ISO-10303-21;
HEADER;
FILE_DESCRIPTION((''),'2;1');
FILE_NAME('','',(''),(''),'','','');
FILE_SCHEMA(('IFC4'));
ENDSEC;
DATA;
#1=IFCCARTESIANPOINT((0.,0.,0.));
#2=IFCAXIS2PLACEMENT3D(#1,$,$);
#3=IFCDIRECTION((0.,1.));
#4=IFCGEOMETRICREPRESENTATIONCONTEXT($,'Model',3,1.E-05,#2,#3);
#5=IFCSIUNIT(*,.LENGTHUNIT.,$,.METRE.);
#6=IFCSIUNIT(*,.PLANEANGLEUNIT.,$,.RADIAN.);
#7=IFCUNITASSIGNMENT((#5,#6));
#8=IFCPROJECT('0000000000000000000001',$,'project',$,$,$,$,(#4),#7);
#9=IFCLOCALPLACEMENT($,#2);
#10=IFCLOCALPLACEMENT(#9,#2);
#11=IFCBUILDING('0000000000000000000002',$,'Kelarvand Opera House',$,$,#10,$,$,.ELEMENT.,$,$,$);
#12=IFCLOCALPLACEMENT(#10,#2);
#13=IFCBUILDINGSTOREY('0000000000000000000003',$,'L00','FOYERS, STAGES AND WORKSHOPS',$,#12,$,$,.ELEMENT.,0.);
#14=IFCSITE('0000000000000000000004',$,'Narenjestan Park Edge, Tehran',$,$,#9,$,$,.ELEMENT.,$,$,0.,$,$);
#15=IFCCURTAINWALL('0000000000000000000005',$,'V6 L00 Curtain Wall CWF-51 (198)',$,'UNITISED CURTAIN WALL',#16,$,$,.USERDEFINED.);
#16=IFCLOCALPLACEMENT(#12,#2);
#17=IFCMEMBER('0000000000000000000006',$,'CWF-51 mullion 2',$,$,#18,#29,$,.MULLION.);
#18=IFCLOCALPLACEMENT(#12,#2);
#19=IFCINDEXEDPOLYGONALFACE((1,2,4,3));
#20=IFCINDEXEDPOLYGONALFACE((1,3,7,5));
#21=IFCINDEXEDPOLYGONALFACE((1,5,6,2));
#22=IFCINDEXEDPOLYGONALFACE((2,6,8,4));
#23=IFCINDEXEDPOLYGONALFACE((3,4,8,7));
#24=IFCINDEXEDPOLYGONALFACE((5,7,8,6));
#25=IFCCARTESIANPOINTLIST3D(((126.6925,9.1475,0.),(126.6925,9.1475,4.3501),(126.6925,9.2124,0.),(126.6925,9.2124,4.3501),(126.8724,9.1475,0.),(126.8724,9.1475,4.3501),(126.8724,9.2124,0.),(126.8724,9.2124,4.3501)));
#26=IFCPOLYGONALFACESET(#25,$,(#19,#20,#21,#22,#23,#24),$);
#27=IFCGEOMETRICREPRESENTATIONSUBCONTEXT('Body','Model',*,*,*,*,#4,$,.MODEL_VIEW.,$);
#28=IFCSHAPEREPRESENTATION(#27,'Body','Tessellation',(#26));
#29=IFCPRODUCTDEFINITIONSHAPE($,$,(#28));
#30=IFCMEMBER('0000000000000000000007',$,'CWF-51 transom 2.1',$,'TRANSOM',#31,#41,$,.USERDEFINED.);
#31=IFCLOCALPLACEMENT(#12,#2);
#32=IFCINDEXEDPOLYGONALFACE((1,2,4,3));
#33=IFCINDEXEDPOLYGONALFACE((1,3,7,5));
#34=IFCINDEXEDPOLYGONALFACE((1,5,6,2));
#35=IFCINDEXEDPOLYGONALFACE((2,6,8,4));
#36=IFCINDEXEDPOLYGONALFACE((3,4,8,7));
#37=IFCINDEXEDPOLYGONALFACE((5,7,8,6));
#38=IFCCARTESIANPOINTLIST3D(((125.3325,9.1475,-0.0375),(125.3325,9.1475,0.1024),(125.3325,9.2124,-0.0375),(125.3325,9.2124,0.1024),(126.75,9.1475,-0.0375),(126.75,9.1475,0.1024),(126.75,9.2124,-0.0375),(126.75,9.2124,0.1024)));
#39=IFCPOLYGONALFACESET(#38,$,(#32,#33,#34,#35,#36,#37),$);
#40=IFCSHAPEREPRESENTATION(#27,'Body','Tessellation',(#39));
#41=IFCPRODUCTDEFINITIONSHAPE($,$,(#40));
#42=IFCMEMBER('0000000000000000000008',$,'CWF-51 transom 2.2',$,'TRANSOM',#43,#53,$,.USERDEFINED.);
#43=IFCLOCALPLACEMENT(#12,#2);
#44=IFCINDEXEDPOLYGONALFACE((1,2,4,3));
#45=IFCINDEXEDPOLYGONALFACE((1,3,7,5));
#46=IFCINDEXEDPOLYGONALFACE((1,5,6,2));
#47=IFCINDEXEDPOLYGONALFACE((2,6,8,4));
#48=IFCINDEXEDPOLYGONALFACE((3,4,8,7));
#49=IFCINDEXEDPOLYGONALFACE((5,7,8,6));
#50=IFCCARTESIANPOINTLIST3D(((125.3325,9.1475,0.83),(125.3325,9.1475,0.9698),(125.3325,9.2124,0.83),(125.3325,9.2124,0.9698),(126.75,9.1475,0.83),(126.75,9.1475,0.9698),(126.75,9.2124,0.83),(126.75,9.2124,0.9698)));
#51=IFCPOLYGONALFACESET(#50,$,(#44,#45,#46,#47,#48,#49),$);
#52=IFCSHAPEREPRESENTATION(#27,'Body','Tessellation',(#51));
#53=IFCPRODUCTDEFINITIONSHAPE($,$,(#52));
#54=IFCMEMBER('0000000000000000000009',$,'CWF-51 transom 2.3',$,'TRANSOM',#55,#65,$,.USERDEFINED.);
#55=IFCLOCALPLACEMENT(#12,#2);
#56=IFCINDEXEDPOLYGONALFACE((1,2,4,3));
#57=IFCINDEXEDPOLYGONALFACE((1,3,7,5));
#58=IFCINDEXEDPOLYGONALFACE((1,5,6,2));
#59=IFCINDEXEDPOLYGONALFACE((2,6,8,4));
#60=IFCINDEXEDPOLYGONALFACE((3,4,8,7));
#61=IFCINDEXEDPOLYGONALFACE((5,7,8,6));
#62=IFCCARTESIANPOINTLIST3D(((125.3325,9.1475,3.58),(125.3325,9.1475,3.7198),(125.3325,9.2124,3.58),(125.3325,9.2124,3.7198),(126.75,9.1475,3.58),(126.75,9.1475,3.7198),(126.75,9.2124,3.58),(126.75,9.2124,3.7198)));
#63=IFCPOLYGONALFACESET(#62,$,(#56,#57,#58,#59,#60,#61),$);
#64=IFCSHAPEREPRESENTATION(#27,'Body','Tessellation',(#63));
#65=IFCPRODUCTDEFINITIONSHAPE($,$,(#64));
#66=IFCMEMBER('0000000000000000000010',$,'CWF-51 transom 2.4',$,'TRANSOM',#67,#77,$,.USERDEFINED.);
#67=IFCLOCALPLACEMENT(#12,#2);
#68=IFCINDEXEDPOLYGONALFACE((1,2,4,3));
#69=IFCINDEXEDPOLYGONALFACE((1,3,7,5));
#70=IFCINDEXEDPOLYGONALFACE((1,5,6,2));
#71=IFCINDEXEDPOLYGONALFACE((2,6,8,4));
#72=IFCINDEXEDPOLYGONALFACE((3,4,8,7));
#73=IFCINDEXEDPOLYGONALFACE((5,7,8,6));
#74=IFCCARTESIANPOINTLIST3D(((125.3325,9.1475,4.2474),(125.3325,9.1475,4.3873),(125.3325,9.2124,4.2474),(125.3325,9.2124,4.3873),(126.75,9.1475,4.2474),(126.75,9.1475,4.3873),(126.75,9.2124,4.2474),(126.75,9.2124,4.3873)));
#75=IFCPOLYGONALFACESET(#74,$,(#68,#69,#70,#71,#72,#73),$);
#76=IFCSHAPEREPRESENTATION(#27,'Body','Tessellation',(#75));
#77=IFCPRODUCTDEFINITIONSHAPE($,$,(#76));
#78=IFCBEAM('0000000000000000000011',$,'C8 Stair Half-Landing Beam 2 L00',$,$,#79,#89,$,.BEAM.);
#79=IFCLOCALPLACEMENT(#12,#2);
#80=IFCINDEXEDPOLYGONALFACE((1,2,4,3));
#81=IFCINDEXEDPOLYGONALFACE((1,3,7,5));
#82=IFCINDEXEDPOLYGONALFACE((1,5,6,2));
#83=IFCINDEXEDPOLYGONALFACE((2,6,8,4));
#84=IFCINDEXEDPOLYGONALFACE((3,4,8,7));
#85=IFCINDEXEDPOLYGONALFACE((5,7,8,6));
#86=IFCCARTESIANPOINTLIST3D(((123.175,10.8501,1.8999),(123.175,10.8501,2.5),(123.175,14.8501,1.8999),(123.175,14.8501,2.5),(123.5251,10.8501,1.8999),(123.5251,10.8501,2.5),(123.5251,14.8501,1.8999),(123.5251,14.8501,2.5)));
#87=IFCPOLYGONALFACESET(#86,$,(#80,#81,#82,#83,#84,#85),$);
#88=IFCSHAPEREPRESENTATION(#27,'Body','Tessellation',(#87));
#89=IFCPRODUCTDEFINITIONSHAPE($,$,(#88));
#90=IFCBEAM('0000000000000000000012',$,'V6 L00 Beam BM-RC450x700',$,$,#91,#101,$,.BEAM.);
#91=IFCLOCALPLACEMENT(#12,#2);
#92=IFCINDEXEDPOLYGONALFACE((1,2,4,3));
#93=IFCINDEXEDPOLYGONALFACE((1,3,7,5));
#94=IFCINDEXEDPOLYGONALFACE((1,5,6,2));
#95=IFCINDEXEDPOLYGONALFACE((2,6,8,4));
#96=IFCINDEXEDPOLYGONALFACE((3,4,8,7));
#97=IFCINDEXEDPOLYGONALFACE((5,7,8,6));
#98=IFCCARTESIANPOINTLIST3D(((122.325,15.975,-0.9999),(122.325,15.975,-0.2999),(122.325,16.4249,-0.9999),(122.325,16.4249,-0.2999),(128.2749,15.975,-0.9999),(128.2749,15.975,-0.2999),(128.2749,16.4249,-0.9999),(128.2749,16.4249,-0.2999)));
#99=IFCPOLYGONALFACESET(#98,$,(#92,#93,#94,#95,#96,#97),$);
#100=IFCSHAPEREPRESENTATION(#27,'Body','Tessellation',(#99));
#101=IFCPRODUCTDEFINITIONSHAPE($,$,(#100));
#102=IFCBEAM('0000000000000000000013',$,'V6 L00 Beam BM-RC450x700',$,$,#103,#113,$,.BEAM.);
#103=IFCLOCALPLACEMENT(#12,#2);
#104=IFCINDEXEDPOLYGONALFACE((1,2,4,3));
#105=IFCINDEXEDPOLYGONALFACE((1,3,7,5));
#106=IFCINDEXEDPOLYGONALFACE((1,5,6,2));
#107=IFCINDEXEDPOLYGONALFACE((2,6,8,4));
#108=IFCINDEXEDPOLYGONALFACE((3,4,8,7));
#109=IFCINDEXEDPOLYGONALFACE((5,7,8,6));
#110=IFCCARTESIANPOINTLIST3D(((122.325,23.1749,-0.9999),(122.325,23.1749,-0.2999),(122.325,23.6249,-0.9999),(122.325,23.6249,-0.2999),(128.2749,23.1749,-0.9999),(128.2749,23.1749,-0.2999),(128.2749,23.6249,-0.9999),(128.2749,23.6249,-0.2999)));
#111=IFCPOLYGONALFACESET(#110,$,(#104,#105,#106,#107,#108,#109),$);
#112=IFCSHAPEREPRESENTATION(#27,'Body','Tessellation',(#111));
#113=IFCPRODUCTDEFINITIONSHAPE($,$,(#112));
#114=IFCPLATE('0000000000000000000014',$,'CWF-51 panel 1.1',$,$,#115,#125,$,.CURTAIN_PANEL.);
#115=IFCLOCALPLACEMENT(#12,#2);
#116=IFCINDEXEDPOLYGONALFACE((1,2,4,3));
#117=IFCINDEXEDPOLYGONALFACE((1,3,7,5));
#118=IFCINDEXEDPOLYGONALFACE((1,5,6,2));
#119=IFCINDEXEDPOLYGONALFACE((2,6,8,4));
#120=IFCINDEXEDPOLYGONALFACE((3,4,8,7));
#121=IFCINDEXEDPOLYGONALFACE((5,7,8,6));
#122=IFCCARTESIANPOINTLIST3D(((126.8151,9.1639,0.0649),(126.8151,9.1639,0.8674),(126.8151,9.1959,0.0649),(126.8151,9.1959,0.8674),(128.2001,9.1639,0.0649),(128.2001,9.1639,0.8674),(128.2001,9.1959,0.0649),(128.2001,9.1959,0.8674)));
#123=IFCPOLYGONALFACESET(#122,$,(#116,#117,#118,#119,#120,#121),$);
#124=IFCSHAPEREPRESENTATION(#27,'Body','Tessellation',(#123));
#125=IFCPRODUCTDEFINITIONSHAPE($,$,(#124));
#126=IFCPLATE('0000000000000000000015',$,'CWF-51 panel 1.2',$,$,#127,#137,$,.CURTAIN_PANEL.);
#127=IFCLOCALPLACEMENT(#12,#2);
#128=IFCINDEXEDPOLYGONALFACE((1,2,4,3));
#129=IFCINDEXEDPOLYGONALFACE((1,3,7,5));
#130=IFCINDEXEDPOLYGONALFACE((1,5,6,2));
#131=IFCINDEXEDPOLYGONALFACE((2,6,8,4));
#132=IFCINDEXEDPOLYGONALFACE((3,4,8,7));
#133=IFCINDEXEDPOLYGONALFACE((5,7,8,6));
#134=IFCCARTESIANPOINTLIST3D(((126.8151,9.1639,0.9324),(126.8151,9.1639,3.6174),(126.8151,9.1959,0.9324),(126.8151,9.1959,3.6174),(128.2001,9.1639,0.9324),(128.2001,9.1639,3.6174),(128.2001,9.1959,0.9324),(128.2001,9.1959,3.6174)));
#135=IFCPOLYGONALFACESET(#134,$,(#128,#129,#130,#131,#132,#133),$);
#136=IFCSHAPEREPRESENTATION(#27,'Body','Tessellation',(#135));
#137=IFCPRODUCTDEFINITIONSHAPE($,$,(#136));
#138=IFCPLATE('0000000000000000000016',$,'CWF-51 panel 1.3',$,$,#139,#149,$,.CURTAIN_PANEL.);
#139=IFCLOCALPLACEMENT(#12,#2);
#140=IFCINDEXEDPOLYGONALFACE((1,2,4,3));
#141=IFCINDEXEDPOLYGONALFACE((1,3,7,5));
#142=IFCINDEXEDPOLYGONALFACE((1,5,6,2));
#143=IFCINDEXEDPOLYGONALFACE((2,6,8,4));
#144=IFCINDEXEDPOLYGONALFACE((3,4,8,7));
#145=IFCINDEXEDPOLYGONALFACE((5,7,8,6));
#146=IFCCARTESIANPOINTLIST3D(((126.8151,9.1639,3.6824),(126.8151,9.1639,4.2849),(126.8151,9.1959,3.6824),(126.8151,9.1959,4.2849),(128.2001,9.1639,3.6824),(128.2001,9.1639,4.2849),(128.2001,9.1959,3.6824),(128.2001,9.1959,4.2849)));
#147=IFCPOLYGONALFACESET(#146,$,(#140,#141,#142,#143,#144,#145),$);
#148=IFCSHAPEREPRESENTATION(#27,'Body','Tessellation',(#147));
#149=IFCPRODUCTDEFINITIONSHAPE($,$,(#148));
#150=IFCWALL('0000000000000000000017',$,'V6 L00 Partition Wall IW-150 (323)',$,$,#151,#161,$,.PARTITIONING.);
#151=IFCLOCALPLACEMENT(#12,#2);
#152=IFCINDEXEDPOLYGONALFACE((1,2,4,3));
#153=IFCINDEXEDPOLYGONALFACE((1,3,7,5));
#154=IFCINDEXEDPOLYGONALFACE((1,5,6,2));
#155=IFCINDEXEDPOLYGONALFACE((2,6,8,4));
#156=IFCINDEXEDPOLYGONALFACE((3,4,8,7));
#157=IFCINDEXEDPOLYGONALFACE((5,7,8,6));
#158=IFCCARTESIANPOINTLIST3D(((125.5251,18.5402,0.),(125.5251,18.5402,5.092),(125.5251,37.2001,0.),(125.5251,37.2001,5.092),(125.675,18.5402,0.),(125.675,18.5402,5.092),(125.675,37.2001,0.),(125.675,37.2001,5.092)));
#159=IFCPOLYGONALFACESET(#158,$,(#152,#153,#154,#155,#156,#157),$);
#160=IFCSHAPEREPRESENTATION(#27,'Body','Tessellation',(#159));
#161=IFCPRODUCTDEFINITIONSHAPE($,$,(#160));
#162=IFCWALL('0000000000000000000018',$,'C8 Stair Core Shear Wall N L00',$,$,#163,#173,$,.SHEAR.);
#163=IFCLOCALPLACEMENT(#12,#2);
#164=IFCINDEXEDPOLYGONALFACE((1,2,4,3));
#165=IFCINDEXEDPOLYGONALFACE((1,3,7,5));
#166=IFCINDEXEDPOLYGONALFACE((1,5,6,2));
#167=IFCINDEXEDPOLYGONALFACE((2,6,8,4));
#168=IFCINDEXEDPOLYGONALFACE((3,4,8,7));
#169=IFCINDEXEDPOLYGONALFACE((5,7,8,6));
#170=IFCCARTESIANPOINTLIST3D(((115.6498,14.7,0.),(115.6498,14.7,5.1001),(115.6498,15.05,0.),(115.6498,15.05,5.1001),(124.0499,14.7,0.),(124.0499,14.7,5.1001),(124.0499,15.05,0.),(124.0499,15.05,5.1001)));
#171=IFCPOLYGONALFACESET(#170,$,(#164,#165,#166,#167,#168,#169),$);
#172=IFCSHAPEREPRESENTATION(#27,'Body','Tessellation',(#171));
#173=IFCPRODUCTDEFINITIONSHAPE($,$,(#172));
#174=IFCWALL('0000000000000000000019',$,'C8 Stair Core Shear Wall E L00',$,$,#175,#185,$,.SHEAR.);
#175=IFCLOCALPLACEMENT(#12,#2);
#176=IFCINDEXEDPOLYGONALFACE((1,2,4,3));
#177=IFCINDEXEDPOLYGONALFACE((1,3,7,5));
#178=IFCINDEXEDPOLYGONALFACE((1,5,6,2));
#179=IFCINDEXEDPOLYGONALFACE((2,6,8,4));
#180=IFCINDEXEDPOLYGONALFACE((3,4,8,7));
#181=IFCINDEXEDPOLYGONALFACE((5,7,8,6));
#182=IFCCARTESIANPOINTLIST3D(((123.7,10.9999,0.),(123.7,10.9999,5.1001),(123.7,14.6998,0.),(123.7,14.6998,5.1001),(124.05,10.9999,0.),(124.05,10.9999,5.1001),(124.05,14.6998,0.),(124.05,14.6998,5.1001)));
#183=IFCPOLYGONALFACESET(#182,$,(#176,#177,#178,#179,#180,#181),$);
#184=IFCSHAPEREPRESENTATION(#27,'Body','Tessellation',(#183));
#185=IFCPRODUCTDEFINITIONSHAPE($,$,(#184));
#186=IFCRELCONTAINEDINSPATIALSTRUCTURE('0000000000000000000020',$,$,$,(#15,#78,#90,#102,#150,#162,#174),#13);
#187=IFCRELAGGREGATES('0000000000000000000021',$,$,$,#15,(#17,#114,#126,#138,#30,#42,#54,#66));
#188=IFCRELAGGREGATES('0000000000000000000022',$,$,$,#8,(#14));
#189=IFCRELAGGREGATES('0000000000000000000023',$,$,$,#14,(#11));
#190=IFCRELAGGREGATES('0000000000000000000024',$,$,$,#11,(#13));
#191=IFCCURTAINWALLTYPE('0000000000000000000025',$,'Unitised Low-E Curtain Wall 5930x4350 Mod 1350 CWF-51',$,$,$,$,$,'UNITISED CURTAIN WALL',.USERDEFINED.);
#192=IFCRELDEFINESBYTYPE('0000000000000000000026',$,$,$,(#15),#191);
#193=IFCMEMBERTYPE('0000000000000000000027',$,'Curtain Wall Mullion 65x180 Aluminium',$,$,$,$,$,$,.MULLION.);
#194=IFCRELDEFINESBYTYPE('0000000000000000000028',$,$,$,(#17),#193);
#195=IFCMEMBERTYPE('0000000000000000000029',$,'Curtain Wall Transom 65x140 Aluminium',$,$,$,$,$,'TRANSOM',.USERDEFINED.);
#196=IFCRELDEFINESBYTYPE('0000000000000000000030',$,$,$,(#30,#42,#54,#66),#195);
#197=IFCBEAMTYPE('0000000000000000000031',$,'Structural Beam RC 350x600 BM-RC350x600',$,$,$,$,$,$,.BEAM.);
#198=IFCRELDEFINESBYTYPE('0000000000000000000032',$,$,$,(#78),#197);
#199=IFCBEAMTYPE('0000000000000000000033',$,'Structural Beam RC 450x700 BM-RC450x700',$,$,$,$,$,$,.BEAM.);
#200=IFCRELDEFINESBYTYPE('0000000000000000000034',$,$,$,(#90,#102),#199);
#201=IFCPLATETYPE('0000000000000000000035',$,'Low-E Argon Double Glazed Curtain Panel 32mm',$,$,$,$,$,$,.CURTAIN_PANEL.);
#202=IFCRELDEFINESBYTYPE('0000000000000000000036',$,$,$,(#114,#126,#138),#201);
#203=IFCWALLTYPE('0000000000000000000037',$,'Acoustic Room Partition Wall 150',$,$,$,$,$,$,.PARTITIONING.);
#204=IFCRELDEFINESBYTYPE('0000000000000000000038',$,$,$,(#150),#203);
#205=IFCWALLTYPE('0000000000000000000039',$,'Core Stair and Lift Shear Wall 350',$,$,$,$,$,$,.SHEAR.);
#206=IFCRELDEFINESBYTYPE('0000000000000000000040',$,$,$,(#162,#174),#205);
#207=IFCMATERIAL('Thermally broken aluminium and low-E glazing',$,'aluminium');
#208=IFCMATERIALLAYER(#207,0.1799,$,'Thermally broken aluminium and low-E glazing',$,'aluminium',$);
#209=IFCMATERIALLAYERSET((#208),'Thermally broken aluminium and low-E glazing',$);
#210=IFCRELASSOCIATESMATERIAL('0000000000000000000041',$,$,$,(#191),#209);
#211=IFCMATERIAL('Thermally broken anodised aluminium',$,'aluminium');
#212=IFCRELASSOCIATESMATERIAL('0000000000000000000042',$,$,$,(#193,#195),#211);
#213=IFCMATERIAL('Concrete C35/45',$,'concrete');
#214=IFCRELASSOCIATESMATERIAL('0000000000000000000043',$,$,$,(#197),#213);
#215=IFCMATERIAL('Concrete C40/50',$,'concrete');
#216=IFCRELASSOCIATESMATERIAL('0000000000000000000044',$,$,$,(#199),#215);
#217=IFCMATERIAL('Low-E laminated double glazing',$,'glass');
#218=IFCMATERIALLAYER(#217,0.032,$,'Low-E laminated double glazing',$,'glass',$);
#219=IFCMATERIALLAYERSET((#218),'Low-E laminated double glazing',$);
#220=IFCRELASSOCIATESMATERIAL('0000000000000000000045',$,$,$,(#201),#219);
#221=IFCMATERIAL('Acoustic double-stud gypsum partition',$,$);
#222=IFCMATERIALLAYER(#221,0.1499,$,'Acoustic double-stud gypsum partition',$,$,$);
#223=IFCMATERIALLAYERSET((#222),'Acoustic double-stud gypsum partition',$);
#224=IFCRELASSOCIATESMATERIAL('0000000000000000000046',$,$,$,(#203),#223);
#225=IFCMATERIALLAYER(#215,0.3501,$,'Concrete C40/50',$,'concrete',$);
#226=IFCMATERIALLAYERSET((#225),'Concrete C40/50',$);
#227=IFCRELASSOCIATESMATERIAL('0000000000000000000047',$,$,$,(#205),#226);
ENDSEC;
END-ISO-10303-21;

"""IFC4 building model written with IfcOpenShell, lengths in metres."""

from ifc_helpers import new_model, si_unit, direction, frame, frame_2d, origin, origin_2d, place, context, subcontext, project, spatial, rectangle, extrude, material, layer, layer_set, material_profile, profile_set, type_object, element, aggregate, save


model = new_model("IFC4")

# Units and contexts
model_context = context("Model", 3, precision=1e-05, world=origin(), true_north=direction((0.0, 1.0)))
body_context = subcontext(model_context, "Body", "Model", "MODEL_VIEW")
ifc_project = project(units=[si_unit("LENGTHUNIT", "METRE"), si_unit("PLANEANGLEUNIT", "RADIAN")], contexts=[model_context])

# Site, building, storey
site_placement = place(None, origin())
site = spatial("IfcSite", under=ifc_project, at=site_placement, Name="Narenjestan Park Edge, Tehran", CompositionType="ELEMENT", RefElevation=0.0)
building_placement = place(site_placement, origin())
building = spatial("IfcBuilding", under=site, at=building_placement, Name="Kelarvand Opera House", CompositionType="ELEMENT")
storey_placement = place(building_placement, origin())
storey = spatial("IfcBuildingStorey", under=building, at=storey_placement, Name="L00", Description="FOYERS, STAGES AND WORKSHOPS", CompositionType="ELEMENT", Elevation=0.0)

# Curtain wall, members
ifc_material_1 = material(Name="Thermally broken aluminium and low-E glazing", Category="aluminium")
ifc_layer_1 = layer(ifc_material_1, 0.1799, Name="Thermally broken aluminium and low-E glazing", Category="aluminium")
ifc_layer_set_1 = layer_set([ifc_layer_1], Name="Thermally broken aluminium and low-E glazing")
curtain_wall_type = type_object("IfcCurtainWallType", Name="Unitised Low-E Curtain Wall 5930x4350 Mod 1350 CWF-51", ElementType="UNITISED CURTAIN WALL", PredefinedType="USERDEFINED", material=ifc_layer_set_1)
curtain_wall_placement = place(storey_placement, origin())
curtain_wall = element("IfcCurtainWall", 1, at=curtain_wall_placement, inside=storey, type_object=curtain_wall_type, Name="V6 L00 Curtain Wall CWF-51 (198)", ObjectType="UNITISED CURTAIN WALL", PredefinedType="USERDEFINED")
ifc_material_2 = material(Name="Thermally broken anodised aluminium", Category="aluminium")
ifc_material_profile_1 = material_profile(ifc_material_2, rectangle(XDim=0.0649, YDim=0.1799, at=origin_2d()), Name="ALU MULLION 65x180", Category="aluminium")
ifc_profile_set_1 = profile_set([ifc_material_profile_1], Name="Thermally broken anodised aluminium")
member_type_1 = type_object("IfcMemberType", Name="Curtain Wall Mullion 65x180 Aluminium", PredefinedType="MULLION", material=ifc_profile_set_1)
member_1_placement = place(storey_placement, frame((126.7825, 9.1799, 0.0), z_axis=(0.0, 0.0, 1.0), x_axis=(0.0, -1.0, 0.0)))
member_1 = element("IfcMember", 2, at=member_1_placement, type_object=member_type_1, Name="CWF-51 mullion 2", PredefinedType="MULLION", context=body_context, shape_type="SweptSolid", body=[
    extrude(rectangle(XDim=0.0649, YDim=0.1799, at=origin_2d()), origin(), (0.0, 0.0, 1.0), 4.3501),
])
ifc_material_profile_2 = material_profile(ifc_material_2, rectangle(XDim=0.0649, YDim=0.1399, at=origin_2d()), Name="ALU TRANSOM 65x140", Category="aluminium")
ifc_profile_set_2 = profile_set([ifc_material_profile_2], Name="Thermally broken anodised aluminium")
member_type_2 = type_object("IfcMemberType", Name="Curtain Wall Transom 65x140 Aluminium", ElementType="TRANSOM", PredefinedType="USERDEFINED", material=ifc_profile_set_2)
member_2_placement = place(storey_placement, frame((126.75, 9.1799, 0.0325), z_axis=(-1.0, 0.0, 0.0), x_axis=(0.0, -1.0, 0.0)))
member_2 = element("IfcMember", 3, at=member_2_placement, type_object=member_type_2, Name="CWF-51 transom 2.1", ObjectType="TRANSOM", PredefinedType="USERDEFINED", context=body_context, shape_type="SweptSolid", body=[
    extrude(rectangle(XDim=0.0649, YDim=0.1399, at=origin_2d()), origin(), (0.0, 0.0, 1.0), 1.4175),
])
member_3_placement = place(storey_placement, frame((126.75, 9.1799, 0.8999), z_axis=(-1.0, 0.0, 0.0), x_axis=(0.0, -1.0, 0.0)))
member_3 = element("IfcMember", 4, at=member_3_placement, type_object=member_type_2, Name="CWF-51 transom 2.2", ObjectType="TRANSOM", PredefinedType="USERDEFINED", context=body_context, shape_type="SweptSolid", body=[
    extrude(rectangle(XDim=0.0649, YDim=0.1399, at=origin_2d()), origin(), (0.0, 0.0, 1.0), 1.4175),
])
member_4_placement = place(storey_placement, frame((126.75, 9.1799, 3.6499), z_axis=(-1.0, 0.0, 0.0), x_axis=(0.0, -1.0, 0.0)))
member_4 = element("IfcMember", 5, at=member_4_placement, type_object=member_type_2, Name="CWF-51 transom 2.3", ObjectType="TRANSOM", PredefinedType="USERDEFINED", context=body_context, shape_type="SweptSolid", body=[
    extrude(rectangle(XDim=0.0649, YDim=0.1399, at=origin_2d()), origin(), (0.0, 0.0, 1.0), 1.4175),
])
member_5_placement = place(storey_placement, frame((126.75, 9.1799, 4.3174), z_axis=(-1.0, 0.0, 0.0), x_axis=(0.0, -1.0, 0.0)))
member_5 = element("IfcMember", 6, at=member_5_placement, type_object=member_type_2, Name="CWF-51 transom 2.4", ObjectType="TRANSOM", PredefinedType="USERDEFINED", context=body_context, shape_type="SweptSolid", body=[
    extrude(rectangle(XDim=0.0649, YDim=0.1399, at=origin_2d()), origin(), (0.0, 0.0, 1.0), 1.4175),
])

# Beams
ifc_material_3 = material(Name="Concrete C35/45", Category="concrete")
ifc_material_profile_3 = material_profile(ifc_material_3, rectangle(XDim=0.3501, YDim=0.6001, at=origin_2d()), Name="RC 350x600", Category="concrete")
ifc_profile_set_3 = profile_set([ifc_material_profile_3], Name="Concrete C35/45")
beam_type_1 = type_object("IfcBeamType", Name="Structural Beam RC 350x600 BM-RC350x600", PredefinedType="BEAM", material=ifc_profile_set_3)
beam_placement = place(storey_placement, frame((123.3501, 10.8501, 2.2), z_axis=(0.0, 1.0, 0.0), x_axis=(-1.0, 0.0, 0.0)))
element("IfcBeam", 7, at=beam_placement, inside=storey, type_object=beam_type_1, Name="C8 Stair Half-Landing Beam 2 L00", PredefinedType="BEAM", context=body_context, shape_type="SweptSolid", body=[
    extrude(rectangle(XDim=0.3501, YDim=0.6001, at=origin_2d()), origin(), (0.0, 0.0, 1.0), 4.0),
])
ifc_material_4 = material(Name="Concrete C40/50", Category="concrete")
ifc_material_profile_4 = material_profile(ifc_material_4, rectangle(XDim=0.45, YDim=0.7, at=origin_2d()), Name="RC 450x700", Category="concrete")
ifc_profile_set_4 = profile_set([ifc_material_profile_4], Name="Concrete C40/50")
beam_type_2 = type_object("IfcBeamType", Name="Structural Beam RC 450x700 BM-RC450x700", PredefinedType="BEAM", material=ifc_profile_set_4)
for number, where, z_axis, x_axis, name in (
    (8, (122.325, 16.2, -0.6499), (1.0, 0.0, 0.0), (0.0, 1.0, 0.0), "V6 L00 Beam BM-RC450x700"),
    (9, (122.325, 23.3999, -0.6499), (1.0, 0.0, 0.0), (0.0, 1.0, 0.0), "V6 L00 Beam BM-RC450x700"),
):
    element("IfcBeam", number, at=place(storey_placement, frame(where, z_axis=z_axis, x_axis=x_axis)), inside=storey, type_object=beam_type_2, Name=name, PredefinedType="BEAM", context=body_context, shape_type="SweptSolid", body=[
        extrude(rectangle(XDim=0.45, YDim=0.7, at=origin_2d()), origin(), (0.0, 0.0, 1.0), 5.95),
    ])

# Plates
ifc_material_5 = material(Name="Low-E laminated double glazing", Category="glass")
ifc_layer_2 = layer(ifc_material_5, 0.032, Name="Low-E laminated double glazing", Category="glass")
ifc_layer_set_2 = layer_set([ifc_layer_2], Name="Low-E laminated double glazing")
plate_type = type_object("IfcPlateType", Name="Low-E Argon Double Glazed Curtain Panel 32mm", PredefinedType="CURTAIN_PANEL", material=ifc_layer_set_2)
plate_1_placement = place(storey_placement, frame((127.5076, 9.1799, 0.0649), z_axis=(0.0, 0.0, 1.0), x_axis=(-1.0, 0.0, 0.0)))
plate_1 = element("IfcPlate", 10, at=plate_1_placement, type_object=plate_type, Name="CWF-51 panel 1.1", PredefinedType="CURTAIN_PANEL", context=body_context, shape_type="SweptSolid", body=[
    extrude(rectangle(XDim=1.385, YDim=0.032, at=origin_2d()), origin(), (0.0, 0.0, 1.0), 0.8025),
])
plate_2_placement = place(storey_placement, frame((127.5076, 9.1799, 0.9324), z_axis=(0.0, 0.0, 1.0), x_axis=(-1.0, 0.0, 0.0)))
plate_2 = element("IfcPlate", 11, at=plate_2_placement, type_object=plate_type, Name="CWF-51 panel 1.2", PredefinedType="CURTAIN_PANEL", context=body_context, shape_type="SweptSolid", body=[
    extrude(rectangle(XDim=1.385, YDim=0.032, at=origin_2d()), origin(), (0.0, 0.0, 1.0), 2.6851),
])
plate_3_placement = place(storey_placement, frame((127.5076, 9.1799, 3.6824), z_axis=(0.0, 0.0, 1.0), x_axis=(-1.0, 0.0, 0.0)))
plate_3 = element("IfcPlate", 12, at=plate_3_placement, type_object=plate_type, Name="CWF-51 panel 1.3", PredefinedType="CURTAIN_PANEL", context=body_context, shape_type="SweptSolid", body=[
    extrude(rectangle(XDim=1.385, YDim=0.032, at=origin_2d()), origin(), (0.0, 0.0, 1.0), 0.6025),
])
aggregate(curtain_wall, [member_1, plate_1, plate_2, plate_3, member_2, member_3, member_4, member_5])

# Walls
ifc_material_6 = material(Name="Acoustic double-stud gypsum partition")
ifc_layer_3 = layer(ifc_material_6, 0.1499, Name="Acoustic double-stud gypsum partition")
ifc_layer_set_3 = layer_set([ifc_layer_3], Name="Acoustic double-stud gypsum partition")
wall_type_1 = type_object("IfcWallType", Name="Acoustic Room Partition Wall 150", PredefinedType="PARTITIONING", material=ifc_layer_set_3)
wall_1_placement = place(storey_placement, frame((125.6001, 18.54, 0.0), z_axis=(0.0, 0.0, 1.0), x_axis=(0.0, 1.0, 0.0)))
element("IfcWall", 13, at=wall_1_placement, inside=storey, type_object=wall_type_1, Name="V6 L00 Partition Wall IW-150 (323)", PredefinedType="PARTITIONING", context=body_context, shape_type="SweptSolid", body=[
    extrude(rectangle(XDim=18.6599, YDim=0.1499, at=frame_2d((9.3301, 0.0))), origin(), (0.0, 0.0, 1.0), 5.092),
])
ifc_layer_4 = layer(ifc_material_4, 0.3501, Name="Concrete C40/50", Category="concrete")
ifc_layer_set_4 = layer_set([ifc_layer_4], Name="Concrete C40/50")
wall_type_2 = type_object("IfcWallType", Name="Core Stair and Lift Shear Wall 350", PredefinedType="SHEAR", material=ifc_layer_set_4)
wall_2_placement = place(storey_placement, frame((124.05, 14.875, 0.0), z_axis=(0.0, 0.0, 1.0), x_axis=(-1.0, 0.0, 0.0)))
element("IfcWall", 14, at=wall_2_placement, inside=storey, type_object=wall_type_2, Name="C8 Stair Core Shear Wall N L00", PredefinedType="SHEAR", context=body_context, shape_type="SweptSolid", body=[
    extrude(rectangle(XDim=8.4001, YDim=0.3501, at=frame_2d((4.2002, 0.0))), origin(), (0.0, 0.0, 1.0), 5.1001),
])
wall_3_placement = place(storey_placement, frame((123.875, 14.7, 0.0), z_axis=(0.0, 0.0, 1.0), x_axis=(0.0, -1.0, 0.0)))
element("IfcWall", 15, at=wall_3_placement, inside=storey, type_object=wall_type_2, Name="C8 Stair Core Shear Wall E L00", PredefinedType="SHEAR", context=body_context, shape_type="SweptSolid", body=[
    extrude(rectangle(XDim=3.7, YDim=0.3501, at=frame_2d((1.8501, 0.0))), origin(), (0.0, 0.0, 1.0), 5.1001),
])

save(model, "model.ifc")
